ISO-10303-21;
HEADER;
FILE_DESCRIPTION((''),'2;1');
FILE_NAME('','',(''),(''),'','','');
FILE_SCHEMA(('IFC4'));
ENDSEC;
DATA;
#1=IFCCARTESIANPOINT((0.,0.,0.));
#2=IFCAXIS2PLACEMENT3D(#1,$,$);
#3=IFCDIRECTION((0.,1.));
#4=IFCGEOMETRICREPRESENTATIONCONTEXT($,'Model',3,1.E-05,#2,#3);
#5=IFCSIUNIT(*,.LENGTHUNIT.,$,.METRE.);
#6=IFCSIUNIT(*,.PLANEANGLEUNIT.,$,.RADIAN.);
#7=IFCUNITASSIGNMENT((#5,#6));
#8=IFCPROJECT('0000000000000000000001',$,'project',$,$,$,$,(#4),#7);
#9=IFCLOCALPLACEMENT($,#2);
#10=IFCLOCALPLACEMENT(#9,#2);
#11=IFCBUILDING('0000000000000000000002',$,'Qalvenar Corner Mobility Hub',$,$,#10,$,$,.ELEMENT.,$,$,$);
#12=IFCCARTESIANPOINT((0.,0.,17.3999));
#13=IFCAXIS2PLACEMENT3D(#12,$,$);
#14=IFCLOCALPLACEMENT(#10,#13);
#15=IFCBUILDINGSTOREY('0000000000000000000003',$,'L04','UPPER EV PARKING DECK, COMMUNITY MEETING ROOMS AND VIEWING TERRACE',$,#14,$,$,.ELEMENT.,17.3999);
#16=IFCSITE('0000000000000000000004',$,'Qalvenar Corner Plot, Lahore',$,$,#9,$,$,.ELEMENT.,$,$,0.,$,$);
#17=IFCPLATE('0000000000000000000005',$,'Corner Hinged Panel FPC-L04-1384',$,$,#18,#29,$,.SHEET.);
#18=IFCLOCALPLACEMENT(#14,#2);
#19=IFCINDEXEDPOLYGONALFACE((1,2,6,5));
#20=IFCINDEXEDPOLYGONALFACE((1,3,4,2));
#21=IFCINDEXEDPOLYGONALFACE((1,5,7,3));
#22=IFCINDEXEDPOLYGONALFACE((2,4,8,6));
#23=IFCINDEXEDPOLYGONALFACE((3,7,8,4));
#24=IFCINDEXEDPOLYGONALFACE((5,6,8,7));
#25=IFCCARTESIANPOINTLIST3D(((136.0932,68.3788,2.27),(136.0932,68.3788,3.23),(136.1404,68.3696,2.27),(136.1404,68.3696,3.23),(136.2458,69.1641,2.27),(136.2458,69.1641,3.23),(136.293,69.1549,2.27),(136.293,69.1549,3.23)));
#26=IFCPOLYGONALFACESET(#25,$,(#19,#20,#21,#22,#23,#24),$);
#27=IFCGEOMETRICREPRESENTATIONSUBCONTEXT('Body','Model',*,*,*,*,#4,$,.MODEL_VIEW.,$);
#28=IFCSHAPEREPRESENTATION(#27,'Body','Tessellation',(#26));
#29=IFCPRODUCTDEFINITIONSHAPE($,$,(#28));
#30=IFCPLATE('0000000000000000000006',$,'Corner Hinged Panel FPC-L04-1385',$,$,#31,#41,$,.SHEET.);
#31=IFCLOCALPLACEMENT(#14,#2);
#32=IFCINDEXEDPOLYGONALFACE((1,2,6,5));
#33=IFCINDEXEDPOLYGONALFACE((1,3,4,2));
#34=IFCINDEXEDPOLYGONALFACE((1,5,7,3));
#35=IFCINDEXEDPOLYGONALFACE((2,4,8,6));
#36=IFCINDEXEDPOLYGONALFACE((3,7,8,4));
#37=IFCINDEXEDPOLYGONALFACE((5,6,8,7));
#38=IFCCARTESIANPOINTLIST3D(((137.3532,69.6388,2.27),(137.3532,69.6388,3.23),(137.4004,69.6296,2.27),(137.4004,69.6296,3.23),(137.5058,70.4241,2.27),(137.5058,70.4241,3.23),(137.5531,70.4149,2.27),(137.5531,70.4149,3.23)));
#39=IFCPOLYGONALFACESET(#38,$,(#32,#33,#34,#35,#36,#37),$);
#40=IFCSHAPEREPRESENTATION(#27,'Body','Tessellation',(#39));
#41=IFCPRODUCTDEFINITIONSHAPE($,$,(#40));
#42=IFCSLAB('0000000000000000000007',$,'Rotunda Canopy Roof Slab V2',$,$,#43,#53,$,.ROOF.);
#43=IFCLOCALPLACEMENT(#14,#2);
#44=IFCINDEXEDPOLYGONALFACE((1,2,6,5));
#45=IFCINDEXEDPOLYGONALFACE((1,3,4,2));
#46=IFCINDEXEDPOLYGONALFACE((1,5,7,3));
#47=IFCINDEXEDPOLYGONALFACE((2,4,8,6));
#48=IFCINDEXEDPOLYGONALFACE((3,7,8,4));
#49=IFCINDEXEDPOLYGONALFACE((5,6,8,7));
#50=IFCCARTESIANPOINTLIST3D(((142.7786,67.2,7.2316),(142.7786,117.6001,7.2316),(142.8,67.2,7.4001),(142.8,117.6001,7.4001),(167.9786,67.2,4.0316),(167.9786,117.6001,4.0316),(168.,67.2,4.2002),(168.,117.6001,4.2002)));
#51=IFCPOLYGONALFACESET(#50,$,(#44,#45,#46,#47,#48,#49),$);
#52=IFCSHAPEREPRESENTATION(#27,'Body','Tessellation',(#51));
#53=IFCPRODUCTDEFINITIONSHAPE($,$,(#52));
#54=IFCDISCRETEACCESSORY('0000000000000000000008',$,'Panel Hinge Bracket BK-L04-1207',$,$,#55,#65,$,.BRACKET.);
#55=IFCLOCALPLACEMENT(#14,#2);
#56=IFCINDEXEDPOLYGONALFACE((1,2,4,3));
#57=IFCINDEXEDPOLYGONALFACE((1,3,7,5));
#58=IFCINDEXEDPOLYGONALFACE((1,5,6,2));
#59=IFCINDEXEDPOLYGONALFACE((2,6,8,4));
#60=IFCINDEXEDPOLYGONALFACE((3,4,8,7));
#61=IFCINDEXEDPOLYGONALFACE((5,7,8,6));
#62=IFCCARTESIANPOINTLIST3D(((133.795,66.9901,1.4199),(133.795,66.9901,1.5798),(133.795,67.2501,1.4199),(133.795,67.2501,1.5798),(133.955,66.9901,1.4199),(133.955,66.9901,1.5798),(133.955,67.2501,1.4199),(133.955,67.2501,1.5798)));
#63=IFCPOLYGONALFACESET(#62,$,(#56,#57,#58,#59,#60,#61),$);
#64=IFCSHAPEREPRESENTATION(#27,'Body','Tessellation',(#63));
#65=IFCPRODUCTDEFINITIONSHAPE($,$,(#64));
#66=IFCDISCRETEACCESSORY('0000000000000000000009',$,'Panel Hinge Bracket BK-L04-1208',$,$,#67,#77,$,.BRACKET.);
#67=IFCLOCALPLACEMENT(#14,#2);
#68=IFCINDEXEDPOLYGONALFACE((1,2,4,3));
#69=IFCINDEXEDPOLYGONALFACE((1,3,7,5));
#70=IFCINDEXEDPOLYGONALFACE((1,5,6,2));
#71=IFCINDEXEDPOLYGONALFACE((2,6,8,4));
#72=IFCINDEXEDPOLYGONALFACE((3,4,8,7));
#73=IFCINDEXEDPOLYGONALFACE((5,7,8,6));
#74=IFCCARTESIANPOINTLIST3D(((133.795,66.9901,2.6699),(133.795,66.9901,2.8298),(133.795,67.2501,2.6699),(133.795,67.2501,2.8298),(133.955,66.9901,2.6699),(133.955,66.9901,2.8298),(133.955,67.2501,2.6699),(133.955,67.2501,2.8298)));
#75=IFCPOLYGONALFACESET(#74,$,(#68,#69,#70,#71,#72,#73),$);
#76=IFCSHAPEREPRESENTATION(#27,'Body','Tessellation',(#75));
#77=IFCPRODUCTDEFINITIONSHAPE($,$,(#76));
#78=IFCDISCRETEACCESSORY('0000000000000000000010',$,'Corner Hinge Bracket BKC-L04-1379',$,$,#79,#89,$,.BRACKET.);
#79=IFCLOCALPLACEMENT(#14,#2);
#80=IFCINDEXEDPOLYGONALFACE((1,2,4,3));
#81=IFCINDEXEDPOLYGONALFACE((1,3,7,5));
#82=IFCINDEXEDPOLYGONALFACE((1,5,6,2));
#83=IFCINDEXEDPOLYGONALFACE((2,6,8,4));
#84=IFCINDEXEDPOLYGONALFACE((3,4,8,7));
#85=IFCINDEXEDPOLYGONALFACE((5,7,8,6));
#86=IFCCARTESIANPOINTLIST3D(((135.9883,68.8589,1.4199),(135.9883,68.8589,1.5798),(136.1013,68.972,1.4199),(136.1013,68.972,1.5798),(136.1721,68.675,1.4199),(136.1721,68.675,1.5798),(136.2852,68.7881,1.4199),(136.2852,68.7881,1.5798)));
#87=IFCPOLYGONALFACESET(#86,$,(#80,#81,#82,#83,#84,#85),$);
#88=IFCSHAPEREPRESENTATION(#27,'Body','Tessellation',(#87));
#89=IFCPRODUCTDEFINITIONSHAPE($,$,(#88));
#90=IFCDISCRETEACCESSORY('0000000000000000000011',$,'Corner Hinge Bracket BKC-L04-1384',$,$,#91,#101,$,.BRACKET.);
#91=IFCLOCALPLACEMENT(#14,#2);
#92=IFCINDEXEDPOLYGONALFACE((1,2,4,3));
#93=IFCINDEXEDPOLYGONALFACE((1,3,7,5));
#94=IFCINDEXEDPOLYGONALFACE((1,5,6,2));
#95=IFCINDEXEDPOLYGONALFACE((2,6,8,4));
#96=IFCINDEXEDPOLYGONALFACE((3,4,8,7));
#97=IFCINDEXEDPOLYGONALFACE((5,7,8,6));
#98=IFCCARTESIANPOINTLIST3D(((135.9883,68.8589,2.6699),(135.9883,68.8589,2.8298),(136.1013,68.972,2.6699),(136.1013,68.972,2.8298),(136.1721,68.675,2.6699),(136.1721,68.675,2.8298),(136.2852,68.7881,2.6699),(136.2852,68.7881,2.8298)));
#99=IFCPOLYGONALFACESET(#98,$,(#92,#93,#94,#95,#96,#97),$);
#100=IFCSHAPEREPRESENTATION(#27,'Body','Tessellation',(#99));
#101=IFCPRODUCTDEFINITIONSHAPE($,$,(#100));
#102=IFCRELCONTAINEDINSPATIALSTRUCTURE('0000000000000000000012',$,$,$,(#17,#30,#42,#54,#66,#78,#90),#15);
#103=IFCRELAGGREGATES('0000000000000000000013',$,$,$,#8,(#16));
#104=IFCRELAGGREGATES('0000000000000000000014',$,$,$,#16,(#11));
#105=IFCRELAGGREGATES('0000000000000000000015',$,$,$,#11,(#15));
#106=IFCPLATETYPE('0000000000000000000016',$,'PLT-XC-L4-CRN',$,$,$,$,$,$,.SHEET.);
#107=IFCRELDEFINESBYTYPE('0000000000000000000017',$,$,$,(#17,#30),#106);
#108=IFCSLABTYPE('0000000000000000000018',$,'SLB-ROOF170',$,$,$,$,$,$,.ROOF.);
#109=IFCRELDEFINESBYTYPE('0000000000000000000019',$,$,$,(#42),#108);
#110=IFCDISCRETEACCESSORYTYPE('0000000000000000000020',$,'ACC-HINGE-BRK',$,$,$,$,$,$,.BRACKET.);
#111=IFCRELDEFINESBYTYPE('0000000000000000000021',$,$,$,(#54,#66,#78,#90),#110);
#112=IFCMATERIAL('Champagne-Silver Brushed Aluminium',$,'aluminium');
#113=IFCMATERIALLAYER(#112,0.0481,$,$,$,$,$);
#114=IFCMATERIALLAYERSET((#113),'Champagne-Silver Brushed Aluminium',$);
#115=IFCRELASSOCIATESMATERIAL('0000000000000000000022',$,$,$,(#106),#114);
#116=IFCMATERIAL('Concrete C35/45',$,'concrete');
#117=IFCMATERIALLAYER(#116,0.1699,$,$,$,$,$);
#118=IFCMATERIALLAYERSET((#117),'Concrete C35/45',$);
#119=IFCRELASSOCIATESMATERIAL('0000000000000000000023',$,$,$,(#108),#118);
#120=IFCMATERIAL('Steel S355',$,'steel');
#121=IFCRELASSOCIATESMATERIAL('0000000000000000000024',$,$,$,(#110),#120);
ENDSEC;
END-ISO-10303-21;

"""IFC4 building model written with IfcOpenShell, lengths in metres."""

from ifc_helpers import new_model, si_unit, direction, frame, origin, origin_2d, place, context, subcontext, project, spatial, polyline, rectangle, outline, extrude, material, layer, layer_set, type_object, element, save


model = new_model("IFC4")

# Units and contexts
model_context = context("Model", 3, precision=1e-05, world=origin(), true_north=direction((0.0, 1.0)))
body_context = subcontext(model_context, "Body", "Model", "MODEL_VIEW")
ifc_project = project(units=[si_unit("LENGTHUNIT", "METRE"), si_unit("PLANEANGLEUNIT", "RADIAN")], contexts=[model_context])

# Site, building, storey
site_placement = place(None, origin())
site = spatial("IfcSite", under=ifc_project, at=site_placement, Name="Qalvenar Corner Plot, Lahore", CompositionType="ELEMENT", RefElevation=0.0)
building_placement = place(site_placement, origin())
building = spatial("IfcBuilding", under=site, at=building_placement, Name="Qalvenar Corner Mobility Hub", CompositionType="ELEMENT")
storey_placement = place(building_placement, frame((0.0, 0.0, 17.3999)))
storey = spatial("IfcBuildingStorey", under=building, at=storey_placement, Name="L04", Description="UPPER EV PARKING DECK, COMMUNITY MEETING ROOMS AND VIEWING TERRACE", CompositionType="ELEMENT", Elevation=17.3999)

# Shared definitions
ifc_material_1 = material(Name="Steel S355", Category="steel")

# Plates
ifc_material_2 = material(Name="Champagne-Silver Brushed Aluminium", Category="aluminium")
ifc_layer_1 = layer(ifc_material_2, 0.0481)
ifc_layer_set_1 = layer_set([ifc_layer_1], Name="Champagne-Silver Brushed Aluminium")
plate_type_1 = type_object("IfcPlateType", Name="PLT-XC-L4-CRN", PredefinedType="SHEET", material=ifc_layer_set_1)
for number, where, z_axis, x_axis, name in (
    (1, (136.1931, 68.7668, 2.27), (0.0, 0.0, 1.0), (0.190809, 0.981627, 0.0), "Corner Hinged Panel FPC-L04-1384"),
    (2, (137.4531, 70.0269, 2.27), (0.0, 0.0, 1.0), (0.190809, 0.981627, 0.0), "Corner Hinged Panel FPC-L04-1385"),
):
    element("IfcPlate", number, at=place(storey_placement, frame(where, z_axis=z_axis, x_axis=x_axis)), inside=storey, type_object=plate_type_1, Name=name, PredefinedType="SHEET", context=body_context, shape_type="SweptSolid", body=[
        extrude(rectangle(XDim=0.8, YDim=0.0481, at=origin_2d()), origin(), (0.0, 0.0, 1.0), 0.96),
    ])

# Slab
ifc_material_3 = material(Name="Concrete C35/45", Category="concrete")
ifc_layer_2 = layer(ifc_material_3, 0.1699)
ifc_layer_set_2 = layer_set([ifc_layer_2], Name="Concrete C35/45")
slab_type = type_object("IfcSlabType", Name="SLB-ROOF170", PredefinedType="ROOF", material=ifc_layer_set_2)
slab_placement = place(storey_placement, frame((142.8, 67.2, 7.4001), z_axis=(0.125971, 0.0, 0.992034), x_axis=(0.992034, 0.0, -0.125971)))
element("IfcSlab", 3, at=slab_placement, inside=storey, type_object=slab_type, Name="Rotunda Canopy Roof Slab V2", PredefinedType="ROOF", context=body_context, shape_type="SweptSolid", body=[
    extrude(outline(polyline([(0.0, 0.0), (25.4023, 0.0), (25.4023, 50.4001), (0.0, 50.4001), (0.0, 0.0)])), origin(), (0.0, 0.0, -1.0), 0.1699),
])

# Discrete accessories
discrete_accessory_type = type_object("IfcDiscreteAccessoryType", Name="ACC-HINGE-BRK", PredefinedType="BRACKET", material=ifc_material_1)
for number, where, z_axis, x_axis, name in (
    (4, (133.875, 67.1201, 1.4199), (0.0, 0.0, 1.0), (1.0, 0.0, 0.0), "Panel Hinge Bracket BK-L04-1207"),
    (5, (133.875, 67.1201, 2.6699), (0.0, 0.0, 1.0), (1.0, 0.0, 0.0), "Panel Hinge Bracket BK-L04-1208"),
    (6, (136.1367, 68.8235, 1.4199), (0.0, 0.0, 1.0), (0.707107, 0.707107, 0.0), "Corner Hinge Bracket BKC-L04-1379"),
    (7, (136.1367, 68.8235, 2.6699), (0.0, 0.0, 1.0), (0.707107, 0.707107, 0.0), "Corner Hinge Bracket BKC-L04-1384"),
):
    element("IfcDiscreteAccessory", number, at=place(storey_placement, frame(where, z_axis=z_axis, x_axis=x_axis)), inside=storey, type_object=discrete_accessory_type, Name=name, PredefinedType="BRACKET", context=body_context, shape_type="SweptSolid", body=[
        extrude(rectangle(XDim=0.1599, YDim=0.26, at=origin_2d()), origin(), (0.0, 0.0, 1.0), 0.1599),
    ])

save(model, "model.ifc")
